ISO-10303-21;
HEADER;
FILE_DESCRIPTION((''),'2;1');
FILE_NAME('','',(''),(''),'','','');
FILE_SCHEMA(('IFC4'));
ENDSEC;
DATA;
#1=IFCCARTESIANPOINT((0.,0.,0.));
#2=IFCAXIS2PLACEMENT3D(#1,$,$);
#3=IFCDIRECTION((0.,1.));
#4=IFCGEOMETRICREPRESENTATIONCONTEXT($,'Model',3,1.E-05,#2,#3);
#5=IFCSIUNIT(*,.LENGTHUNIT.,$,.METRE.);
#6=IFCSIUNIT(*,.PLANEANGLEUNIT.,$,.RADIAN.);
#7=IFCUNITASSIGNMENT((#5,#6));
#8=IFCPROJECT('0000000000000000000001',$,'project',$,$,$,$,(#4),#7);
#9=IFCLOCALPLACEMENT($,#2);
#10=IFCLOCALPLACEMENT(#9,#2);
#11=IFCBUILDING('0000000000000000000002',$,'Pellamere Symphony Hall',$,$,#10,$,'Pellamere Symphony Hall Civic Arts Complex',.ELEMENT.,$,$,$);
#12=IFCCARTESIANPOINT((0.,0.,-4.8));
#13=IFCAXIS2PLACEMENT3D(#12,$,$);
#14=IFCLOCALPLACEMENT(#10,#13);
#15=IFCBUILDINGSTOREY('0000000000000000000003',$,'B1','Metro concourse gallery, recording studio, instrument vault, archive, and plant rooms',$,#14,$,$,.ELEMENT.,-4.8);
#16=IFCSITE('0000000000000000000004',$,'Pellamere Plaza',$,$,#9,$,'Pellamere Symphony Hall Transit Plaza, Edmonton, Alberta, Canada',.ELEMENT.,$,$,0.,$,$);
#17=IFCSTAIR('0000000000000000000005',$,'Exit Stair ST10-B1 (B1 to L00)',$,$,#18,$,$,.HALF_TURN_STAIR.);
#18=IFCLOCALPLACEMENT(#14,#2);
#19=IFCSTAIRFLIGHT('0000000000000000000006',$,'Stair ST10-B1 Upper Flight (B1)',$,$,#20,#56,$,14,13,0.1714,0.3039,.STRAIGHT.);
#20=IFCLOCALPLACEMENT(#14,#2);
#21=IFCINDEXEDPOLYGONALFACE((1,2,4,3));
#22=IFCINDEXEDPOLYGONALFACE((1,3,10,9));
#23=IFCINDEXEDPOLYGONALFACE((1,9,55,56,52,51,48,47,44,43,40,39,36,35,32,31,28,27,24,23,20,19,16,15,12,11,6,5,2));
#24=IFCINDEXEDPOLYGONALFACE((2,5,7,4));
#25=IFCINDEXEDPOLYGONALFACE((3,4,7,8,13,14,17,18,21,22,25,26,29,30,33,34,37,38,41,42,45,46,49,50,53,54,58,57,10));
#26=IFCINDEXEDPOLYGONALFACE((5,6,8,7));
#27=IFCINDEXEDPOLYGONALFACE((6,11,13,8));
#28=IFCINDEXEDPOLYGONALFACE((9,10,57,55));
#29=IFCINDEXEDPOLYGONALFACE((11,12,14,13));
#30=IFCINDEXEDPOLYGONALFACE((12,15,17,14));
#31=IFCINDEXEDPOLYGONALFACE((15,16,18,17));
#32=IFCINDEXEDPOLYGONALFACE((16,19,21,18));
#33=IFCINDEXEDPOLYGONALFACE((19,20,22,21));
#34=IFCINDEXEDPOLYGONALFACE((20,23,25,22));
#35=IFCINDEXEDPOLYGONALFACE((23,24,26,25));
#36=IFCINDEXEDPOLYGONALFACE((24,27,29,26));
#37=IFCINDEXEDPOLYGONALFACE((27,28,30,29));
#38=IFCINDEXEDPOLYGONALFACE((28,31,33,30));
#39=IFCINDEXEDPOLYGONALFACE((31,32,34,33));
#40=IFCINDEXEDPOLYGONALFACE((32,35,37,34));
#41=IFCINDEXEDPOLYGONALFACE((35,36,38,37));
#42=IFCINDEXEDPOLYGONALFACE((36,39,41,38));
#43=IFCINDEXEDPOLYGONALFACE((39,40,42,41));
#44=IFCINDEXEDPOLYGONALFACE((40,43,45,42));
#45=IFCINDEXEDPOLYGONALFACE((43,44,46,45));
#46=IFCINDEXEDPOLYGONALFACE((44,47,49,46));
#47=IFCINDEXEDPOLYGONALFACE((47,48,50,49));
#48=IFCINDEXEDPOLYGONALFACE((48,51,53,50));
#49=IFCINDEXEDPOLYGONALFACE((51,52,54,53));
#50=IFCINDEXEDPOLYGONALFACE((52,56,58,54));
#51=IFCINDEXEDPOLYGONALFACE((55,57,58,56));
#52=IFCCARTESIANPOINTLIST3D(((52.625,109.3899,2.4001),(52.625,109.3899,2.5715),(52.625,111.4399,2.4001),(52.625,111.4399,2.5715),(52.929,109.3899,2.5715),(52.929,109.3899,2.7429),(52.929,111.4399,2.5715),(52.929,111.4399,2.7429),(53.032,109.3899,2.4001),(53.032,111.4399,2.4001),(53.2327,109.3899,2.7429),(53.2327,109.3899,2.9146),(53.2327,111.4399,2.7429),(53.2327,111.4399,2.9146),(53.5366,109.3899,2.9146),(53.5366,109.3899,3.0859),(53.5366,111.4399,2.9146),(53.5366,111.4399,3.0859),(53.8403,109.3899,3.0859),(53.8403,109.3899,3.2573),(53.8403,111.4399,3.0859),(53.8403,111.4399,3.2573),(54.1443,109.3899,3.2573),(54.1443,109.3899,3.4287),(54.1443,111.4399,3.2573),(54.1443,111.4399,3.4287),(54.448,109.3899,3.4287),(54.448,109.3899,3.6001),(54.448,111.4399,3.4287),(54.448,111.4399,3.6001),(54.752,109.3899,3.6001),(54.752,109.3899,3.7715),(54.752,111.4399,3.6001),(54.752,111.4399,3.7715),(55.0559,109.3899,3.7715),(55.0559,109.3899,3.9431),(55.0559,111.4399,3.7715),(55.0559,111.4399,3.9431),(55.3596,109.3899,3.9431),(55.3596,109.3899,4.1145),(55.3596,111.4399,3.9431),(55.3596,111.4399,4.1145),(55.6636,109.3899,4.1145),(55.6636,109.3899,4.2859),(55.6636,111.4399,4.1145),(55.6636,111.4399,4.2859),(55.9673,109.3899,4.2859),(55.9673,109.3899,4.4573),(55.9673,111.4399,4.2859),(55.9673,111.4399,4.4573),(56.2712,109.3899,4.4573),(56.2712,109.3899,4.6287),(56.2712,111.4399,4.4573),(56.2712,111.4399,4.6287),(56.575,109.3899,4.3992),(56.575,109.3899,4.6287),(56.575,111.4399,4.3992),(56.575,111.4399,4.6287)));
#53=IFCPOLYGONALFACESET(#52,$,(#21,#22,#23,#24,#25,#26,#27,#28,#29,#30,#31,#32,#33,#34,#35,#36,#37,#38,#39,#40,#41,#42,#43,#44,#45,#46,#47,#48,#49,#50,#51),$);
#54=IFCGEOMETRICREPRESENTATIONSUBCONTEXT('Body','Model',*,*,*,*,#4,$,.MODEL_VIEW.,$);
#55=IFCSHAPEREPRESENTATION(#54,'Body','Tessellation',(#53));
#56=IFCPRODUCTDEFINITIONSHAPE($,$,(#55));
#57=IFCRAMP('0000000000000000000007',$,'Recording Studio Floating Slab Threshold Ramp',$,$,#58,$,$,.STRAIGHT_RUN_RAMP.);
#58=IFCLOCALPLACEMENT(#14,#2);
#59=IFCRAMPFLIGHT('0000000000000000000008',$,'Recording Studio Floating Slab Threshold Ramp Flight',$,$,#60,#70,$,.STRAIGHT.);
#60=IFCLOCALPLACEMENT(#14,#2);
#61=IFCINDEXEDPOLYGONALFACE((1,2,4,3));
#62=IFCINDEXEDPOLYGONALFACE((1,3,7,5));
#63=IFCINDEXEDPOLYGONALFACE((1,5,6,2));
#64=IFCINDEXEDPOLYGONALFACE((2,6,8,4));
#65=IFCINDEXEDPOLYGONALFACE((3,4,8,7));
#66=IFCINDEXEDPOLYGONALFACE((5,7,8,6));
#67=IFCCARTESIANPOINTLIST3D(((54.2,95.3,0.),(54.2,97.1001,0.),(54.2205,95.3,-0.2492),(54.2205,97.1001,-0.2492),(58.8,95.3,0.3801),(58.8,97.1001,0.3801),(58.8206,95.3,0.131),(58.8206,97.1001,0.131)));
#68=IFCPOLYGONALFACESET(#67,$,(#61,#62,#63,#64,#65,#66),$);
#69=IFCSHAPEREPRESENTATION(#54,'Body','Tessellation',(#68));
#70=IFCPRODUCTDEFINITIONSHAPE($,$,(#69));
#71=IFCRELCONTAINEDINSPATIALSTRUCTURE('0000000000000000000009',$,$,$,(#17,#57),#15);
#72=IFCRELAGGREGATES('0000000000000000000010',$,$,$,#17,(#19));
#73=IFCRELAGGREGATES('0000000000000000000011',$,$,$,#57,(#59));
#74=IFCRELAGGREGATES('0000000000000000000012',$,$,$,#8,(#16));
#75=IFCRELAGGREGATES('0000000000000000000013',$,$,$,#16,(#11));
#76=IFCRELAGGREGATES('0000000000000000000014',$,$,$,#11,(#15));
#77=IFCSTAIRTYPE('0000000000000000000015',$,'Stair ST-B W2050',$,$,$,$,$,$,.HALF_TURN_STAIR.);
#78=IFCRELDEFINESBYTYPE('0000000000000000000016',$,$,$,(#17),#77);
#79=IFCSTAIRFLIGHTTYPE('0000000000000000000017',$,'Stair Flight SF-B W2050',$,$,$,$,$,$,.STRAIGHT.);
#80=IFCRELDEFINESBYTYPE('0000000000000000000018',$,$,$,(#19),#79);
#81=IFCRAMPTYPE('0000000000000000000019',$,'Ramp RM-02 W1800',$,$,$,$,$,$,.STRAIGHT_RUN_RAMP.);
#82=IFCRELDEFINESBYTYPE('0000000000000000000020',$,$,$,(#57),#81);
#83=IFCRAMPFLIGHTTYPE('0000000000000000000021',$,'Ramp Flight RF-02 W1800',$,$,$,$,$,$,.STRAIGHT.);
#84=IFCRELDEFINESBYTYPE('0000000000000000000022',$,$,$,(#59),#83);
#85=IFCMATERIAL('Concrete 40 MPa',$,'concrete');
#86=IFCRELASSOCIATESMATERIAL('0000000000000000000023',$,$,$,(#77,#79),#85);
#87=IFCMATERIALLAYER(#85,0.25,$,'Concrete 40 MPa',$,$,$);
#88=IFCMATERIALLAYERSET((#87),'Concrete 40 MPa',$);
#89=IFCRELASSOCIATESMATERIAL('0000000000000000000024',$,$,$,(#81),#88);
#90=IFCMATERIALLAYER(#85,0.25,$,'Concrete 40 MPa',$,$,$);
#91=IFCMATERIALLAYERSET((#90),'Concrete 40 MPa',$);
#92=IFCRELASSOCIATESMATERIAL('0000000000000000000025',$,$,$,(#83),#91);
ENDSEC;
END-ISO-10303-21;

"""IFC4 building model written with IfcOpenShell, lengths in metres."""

from ifc_helpers import new_model, si_unit, direction, frame, origin, place, context, subcontext, project, spatial, polyline, outline, extrude, material, layer, layer_set, type_object, element, aggregate, save


model = new_model("IFC4")

# Units and contexts
model_context = context("Model", 3, precision=1e-05, world=origin(), true_north=direction((0.0, 1.0)))
body_context = subcontext(model_context, "Body", "Model", "MODEL_VIEW")
ifc_project = project(units=[si_unit("LENGTHUNIT", "METRE"), si_unit("PLANEANGLEUNIT", "RADIAN")], contexts=[model_context])

# Site, building, storey
site_placement = place(None, origin())
site = spatial("IfcSite", under=ifc_project, at=site_placement, Name="Pellamere Plaza", LongName="Pellamere Symphony Hall Transit Plaza, Edmonton, Alberta, Canada", CompositionType="ELEMENT", RefElevation=0.0)
building_placement = place(site_placement, origin())
building = spatial("IfcBuilding", under=site, at=building_placement, Name="Pellamere Symphony Hall", LongName="Pellamere Symphony Hall Civic Arts Complex", CompositionType="ELEMENT")
storey_placement = place(building_placement, frame((0.0, 0.0, -4.8)))
storey = spatial("IfcBuildingStorey", under=building, at=storey_placement, Name="B1", Description="Metro concourse gallery, recording studio, instrument vault, archive, and plant rooms", CompositionType="ELEMENT", Elevation=-4.8)

# Shared definitions
ifc_material_1 = material(Name="Concrete 40 MPa", Category="concrete")

# Stair, stair flight
stair_type = type_object("IfcStairType", Name="Stair ST-B W2050", PredefinedType="HALF_TURN_STAIR", material=ifc_material_1)
stair_placement = place(storey_placement, origin())
stair = element("IfcStair", 1, at=stair_placement, inside=storey, type_object=stair_type, Name="Exit Stair ST10-B1 (B1 to L00)", PredefinedType="HALF_TURN_STAIR")
stair_flight_type = type_object("IfcStairFlightType", Name="Stair Flight SF-B W2050", PredefinedType="STRAIGHT", material=ifc_material_1)
stair_flight_1_placement = place(storey_placement, frame((52.625, 110.415, 2.4001), z_axis=(0.0, 0.0, 1.0), x_axis=(1.0, 0.0, 0.0)))
stair_flight_1 = element("IfcStairFlight", 2, at=stair_flight_1_placement, type_object=stair_flight_type, Name="Stair ST10-B1 Upper Flight (B1)", NumberOfRisers=14, NumberOfTreads=13, PredefinedType="STRAIGHT", RiserHeight=0.1714, TreadLength=0.3039, context=body_context, shape_type="SweptSolid", body=[
    extrude(outline(polyline([(0.0, 0.0), (0.0, 0.1714), (0.304, 0.1714), (0.304, 0.3428), (0.6077, 0.3428), (0.6077, 0.5144), (0.9116, 0.5144), (0.9116, 0.6858), (1.2153, 0.6858), (1.2153, 0.8572), (1.5193, 0.8572), (1.5193, 1.0286), (1.823, 1.0286), (1.823, 1.2), (2.127, 1.2), (2.127, 1.3713), (2.4309, 1.3713), (2.4309, 1.543), (2.7346, 1.543), (2.7346, 1.7144), (3.0386, 1.7144), (3.0386, 1.8857), (3.3423, 1.8857), (3.3423, 2.0571), (3.6462, 2.0571), (3.6462, 2.2285), (3.95, 2.2285), (3.95, 2.3999), (3.95, 1.999), (0.407, 0.0), (0.0, 0.0)])), frame((0.0, 1.0249, 0.0), z_axis=(0.0, -1.0, 0.0), x_axis=(1.0, 0.0, 0.0)), (0.0, 0.0, 1.0), 2.05),
])
aggregate(stair, [stair_flight_1])

# Ramp, ramp flight
ifc_layer_1 = layer(ifc_material_1, 0.25, Name="Concrete 40 MPa")
ifc_layer_set_1 = layer_set([ifc_layer_1], Name="Concrete 40 MPa")
ramp_type = type_object("IfcRampType", Name="Ramp RM-02 W1800", PredefinedType="STRAIGHT_RUN_RAMP", material=ifc_layer_set_1)
ramp_placement = place(storey_placement, origin())
ramp = element("IfcRamp", 3, at=ramp_placement, inside=storey, type_object=ramp_type, Name="Recording Studio Floating Slab Threshold Ramp", PredefinedType="STRAIGHT_RUN_RAMP")
ifc_layer_2 = layer(ifc_material_1, 0.25, Name="Concrete 40 MPa")
ifc_layer_set_2 = layer_set([ifc_layer_2], Name="Concrete 40 MPa")
ramp_flight_type = type_object("IfcRampFlightType", Name="Ramp Flight RF-02 W1800", PredefinedType="STRAIGHT", material=ifc_layer_set_2)
ramp_flight_placement = place(storey_placement, frame((54.2, 95.3, 0.0), z_axis=(-0.082354, 0.0, 0.996603), x_axis=(0.996603, 0.0, 0.082354)))
ramp_flight = element("IfcRampFlight", 4, at=ramp_flight_placement, type_object=ramp_flight_type, Name="Recording Studio Floating Slab Threshold Ramp Flight", PredefinedType="STRAIGHT", context=body_context, shape_type="SweptSolid", body=[
    extrude(outline(polyline([(0.0, 0.0), (4.6158, 0.0), (4.6158, 1.8), (0.0, 1.8), (0.0, 0.0)])), origin(), (0.0, 0.0, -1.0), 0.25),
])
aggregate(ramp, [ramp_flight])

save(model, "model.ifc")
